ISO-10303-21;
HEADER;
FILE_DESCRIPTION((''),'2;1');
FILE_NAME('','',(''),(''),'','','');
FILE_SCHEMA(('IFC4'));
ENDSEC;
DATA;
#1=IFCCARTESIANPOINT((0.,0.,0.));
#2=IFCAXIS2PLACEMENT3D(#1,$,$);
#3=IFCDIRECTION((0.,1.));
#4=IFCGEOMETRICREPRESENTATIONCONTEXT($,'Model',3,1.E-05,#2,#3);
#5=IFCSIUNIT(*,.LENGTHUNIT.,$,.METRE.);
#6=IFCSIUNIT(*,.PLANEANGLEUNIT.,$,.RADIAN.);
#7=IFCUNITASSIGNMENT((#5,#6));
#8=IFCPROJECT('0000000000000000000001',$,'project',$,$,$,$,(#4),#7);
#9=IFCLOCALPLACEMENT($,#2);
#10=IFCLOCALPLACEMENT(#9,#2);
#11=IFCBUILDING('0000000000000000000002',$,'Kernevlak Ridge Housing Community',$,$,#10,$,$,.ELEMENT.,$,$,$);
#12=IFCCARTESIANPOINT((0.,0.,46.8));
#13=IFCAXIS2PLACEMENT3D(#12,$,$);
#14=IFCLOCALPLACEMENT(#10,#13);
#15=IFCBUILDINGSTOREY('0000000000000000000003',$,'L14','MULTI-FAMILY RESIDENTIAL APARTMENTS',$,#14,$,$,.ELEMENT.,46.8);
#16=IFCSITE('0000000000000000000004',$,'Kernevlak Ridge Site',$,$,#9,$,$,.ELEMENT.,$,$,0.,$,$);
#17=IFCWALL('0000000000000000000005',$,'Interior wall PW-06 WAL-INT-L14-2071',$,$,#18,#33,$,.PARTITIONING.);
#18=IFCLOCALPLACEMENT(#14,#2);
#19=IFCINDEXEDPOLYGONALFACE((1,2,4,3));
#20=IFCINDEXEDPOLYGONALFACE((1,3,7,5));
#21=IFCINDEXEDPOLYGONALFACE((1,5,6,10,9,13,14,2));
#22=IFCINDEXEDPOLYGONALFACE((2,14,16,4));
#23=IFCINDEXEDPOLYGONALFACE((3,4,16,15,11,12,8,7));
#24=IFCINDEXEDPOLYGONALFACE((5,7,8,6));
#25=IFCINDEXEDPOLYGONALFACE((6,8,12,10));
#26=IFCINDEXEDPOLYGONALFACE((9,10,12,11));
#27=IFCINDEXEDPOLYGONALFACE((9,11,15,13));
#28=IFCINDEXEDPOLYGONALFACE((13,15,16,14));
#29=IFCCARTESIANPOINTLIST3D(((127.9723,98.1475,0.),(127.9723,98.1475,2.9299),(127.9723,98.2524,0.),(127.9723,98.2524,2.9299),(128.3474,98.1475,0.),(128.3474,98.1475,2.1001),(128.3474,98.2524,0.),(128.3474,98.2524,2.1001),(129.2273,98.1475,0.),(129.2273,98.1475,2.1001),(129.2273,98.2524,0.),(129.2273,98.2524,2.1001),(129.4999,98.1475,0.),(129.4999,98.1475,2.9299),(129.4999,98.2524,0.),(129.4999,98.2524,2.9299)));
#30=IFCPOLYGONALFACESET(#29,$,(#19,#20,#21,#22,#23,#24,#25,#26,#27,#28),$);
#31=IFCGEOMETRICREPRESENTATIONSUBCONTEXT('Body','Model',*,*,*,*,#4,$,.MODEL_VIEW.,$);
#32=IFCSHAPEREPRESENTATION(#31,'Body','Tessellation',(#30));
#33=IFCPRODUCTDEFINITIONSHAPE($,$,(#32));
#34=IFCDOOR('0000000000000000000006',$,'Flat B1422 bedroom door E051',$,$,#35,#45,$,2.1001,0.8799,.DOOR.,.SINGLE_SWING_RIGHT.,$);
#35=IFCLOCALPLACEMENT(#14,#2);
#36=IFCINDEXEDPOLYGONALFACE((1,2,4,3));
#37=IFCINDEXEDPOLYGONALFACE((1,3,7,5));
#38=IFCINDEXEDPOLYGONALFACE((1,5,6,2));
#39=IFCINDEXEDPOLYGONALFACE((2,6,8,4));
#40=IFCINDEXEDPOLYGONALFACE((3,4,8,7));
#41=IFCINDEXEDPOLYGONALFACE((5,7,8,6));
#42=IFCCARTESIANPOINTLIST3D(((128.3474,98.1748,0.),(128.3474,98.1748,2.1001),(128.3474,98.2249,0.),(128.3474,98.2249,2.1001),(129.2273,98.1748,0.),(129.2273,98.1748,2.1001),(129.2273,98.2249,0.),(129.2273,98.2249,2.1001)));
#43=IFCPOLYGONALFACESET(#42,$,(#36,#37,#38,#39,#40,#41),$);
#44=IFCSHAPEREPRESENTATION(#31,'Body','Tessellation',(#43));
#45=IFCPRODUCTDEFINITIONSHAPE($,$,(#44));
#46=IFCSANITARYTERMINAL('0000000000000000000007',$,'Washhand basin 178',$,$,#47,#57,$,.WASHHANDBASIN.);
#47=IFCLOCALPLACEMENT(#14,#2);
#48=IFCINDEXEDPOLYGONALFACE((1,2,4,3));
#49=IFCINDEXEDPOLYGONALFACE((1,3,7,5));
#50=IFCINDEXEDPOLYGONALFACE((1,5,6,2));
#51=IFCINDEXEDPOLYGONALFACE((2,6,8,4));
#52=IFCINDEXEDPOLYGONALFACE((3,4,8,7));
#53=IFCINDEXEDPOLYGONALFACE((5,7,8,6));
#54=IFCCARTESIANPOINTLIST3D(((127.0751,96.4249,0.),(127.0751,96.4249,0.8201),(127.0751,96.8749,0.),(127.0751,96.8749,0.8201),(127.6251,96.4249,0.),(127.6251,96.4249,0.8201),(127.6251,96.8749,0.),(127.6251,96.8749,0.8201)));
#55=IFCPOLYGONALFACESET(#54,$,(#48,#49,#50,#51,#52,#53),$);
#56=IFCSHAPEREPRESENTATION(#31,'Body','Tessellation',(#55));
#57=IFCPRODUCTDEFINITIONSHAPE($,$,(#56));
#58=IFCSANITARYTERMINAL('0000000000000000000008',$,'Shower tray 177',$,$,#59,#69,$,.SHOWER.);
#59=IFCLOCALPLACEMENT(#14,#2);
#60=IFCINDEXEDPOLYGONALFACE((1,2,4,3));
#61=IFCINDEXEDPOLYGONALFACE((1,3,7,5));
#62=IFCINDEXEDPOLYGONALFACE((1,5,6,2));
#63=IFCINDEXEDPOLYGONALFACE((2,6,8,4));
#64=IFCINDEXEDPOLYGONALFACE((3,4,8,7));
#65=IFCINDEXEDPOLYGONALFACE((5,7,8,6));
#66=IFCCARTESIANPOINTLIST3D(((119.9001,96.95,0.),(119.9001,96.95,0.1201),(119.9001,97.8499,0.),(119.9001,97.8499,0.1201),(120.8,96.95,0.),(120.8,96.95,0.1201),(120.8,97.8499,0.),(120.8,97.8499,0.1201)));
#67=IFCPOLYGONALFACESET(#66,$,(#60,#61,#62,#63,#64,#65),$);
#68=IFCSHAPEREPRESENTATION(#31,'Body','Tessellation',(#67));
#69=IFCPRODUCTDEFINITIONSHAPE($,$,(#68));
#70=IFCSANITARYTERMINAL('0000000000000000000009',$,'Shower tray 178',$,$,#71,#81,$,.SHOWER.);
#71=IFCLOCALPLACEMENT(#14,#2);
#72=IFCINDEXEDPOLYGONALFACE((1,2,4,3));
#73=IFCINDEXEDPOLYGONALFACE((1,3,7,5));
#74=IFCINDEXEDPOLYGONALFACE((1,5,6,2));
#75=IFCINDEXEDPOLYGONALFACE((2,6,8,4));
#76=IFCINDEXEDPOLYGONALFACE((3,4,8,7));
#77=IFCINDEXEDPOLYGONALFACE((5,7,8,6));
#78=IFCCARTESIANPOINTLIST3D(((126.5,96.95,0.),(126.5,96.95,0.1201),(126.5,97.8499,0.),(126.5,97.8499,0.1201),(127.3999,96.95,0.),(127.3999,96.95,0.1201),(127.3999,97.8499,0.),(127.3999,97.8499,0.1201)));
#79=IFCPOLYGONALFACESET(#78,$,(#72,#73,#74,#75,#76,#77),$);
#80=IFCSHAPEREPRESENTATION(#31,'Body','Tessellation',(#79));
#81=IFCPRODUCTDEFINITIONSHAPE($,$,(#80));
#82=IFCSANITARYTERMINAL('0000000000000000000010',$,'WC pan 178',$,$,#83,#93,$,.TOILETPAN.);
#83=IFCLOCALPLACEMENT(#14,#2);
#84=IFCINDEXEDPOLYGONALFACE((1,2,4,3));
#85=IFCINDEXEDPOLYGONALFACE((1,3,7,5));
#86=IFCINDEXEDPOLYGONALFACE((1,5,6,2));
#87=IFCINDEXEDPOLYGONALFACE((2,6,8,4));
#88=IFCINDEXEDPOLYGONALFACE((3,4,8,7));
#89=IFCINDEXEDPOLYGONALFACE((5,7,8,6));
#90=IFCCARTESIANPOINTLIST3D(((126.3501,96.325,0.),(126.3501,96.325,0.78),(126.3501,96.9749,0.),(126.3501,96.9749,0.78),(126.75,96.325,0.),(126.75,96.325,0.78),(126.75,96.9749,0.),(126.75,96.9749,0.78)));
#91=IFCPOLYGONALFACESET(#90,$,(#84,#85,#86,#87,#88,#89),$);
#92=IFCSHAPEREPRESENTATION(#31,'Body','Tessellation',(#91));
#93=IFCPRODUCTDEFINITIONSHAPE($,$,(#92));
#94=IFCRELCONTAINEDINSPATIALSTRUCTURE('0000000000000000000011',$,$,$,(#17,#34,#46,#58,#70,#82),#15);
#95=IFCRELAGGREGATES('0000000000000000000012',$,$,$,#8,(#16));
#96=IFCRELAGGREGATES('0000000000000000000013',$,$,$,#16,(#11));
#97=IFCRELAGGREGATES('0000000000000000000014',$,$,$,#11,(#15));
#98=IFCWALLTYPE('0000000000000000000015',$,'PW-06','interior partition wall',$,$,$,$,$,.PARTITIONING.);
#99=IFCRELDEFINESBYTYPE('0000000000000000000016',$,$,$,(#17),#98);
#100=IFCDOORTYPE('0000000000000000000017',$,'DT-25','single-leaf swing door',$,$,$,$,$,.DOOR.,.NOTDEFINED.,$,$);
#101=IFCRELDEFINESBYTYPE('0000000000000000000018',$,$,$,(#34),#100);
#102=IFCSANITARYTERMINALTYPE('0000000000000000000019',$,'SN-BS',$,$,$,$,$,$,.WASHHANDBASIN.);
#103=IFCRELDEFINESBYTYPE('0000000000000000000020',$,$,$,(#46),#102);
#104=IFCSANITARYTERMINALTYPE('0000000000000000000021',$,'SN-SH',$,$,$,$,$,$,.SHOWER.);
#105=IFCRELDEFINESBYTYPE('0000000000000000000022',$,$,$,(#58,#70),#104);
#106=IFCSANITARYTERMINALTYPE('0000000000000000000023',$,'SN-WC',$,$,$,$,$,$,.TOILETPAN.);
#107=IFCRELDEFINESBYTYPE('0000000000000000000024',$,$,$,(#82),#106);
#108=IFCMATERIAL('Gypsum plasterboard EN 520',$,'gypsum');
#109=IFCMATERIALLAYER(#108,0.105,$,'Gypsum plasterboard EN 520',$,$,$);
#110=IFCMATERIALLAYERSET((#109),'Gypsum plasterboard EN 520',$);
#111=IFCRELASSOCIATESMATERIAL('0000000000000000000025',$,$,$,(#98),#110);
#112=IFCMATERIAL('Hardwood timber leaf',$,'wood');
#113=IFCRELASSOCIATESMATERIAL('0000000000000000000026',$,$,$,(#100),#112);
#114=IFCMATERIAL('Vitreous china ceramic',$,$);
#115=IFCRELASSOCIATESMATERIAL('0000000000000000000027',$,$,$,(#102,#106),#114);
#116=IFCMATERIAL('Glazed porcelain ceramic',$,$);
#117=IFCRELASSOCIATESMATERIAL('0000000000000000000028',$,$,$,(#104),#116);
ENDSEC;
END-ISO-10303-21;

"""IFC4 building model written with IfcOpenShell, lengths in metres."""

from ifc_helpers import new_model, si_unit, direction, frame, frame_2d, origin, origin_2d, place, context, subcontext, project, spatial, rectangle, extrude, material, layer, layer_set, type_object, element, fill, save


model = new_model("IFC4")

# Units and contexts
model_context = context("Model", 3, precision=1e-05, world=origin(), true_north=direction((0.0, 1.0)))
body_context = subcontext(model_context, "Body", "Model", "MODEL_VIEW")
ifc_project = project(units=[si_unit("LENGTHUNIT", "METRE"), si_unit("PLANEANGLEUNIT", "RADIAN")], contexts=[model_context])

# Site, building, storey
site_placement = place(None, origin())
site = spatial("IfcSite", under=ifc_project, at=site_placement, Name="Kernevlak Ridge Site", CompositionType="ELEMENT", RefElevation=0.0)
building_placement = place(site_placement, origin())
building = spatial("IfcBuilding", under=site, at=building_placement, Name="Kernevlak Ridge Housing Community", CompositionType="ELEMENT")
storey_placement = place(building_placement, frame((0.0, 0.0, 46.8)))
storey = spatial("IfcBuildingStorey", under=building, at=storey_placement, Name="L14", Description="MULTI-FAMILY RESIDENTIAL APARTMENTS", CompositionType="ELEMENT", Elevation=46.8)

# Shared definitions
ifc_material_1 = material(Name="Hardwood timber leaf", Category="wood")

# Shared definitions
ifc_material_2 = material(Name="Gypsum plasterboard EN 520", Category="gypsum")

# Wall, opening, door
ifc_layer_1 = layer(ifc_material_2, 0.105, Name="Gypsum plasterboard EN 520")
ifc_layer_set_1 = layer_set([ifc_layer_1], Name="Gypsum plasterboard EN 520")
wall_type_1 = type_object("IfcWallType", Name="PW-06", Description="interior partition wall", PredefinedType="PARTITIONING", material=ifc_layer_set_1)
wall_1_placement = place(storey_placement, frame((127.9724, 98.2, 0.0), z_axis=(0.0, 0.0, 1.0), x_axis=(1.0, 0.0, 0.0)))
wall_1 = element("IfcWall", 1, at=wall_1_placement, inside=storey, type_object=wall_type_1, Name="Interior wall PW-06 WAL-INT-L14-2071", PredefinedType="PARTITIONING", context=body_context, shape_type="SweptSolid", body=[
    extrude(rectangle(XDim=1.5276, YDim=0.105, at=frame_2d((0.7637, 0.0))), origin(), (0.0, 0.0, 1.0), 2.9299),
])
opening_1_placement = place(wall_1_placement, frame((0.375, 0.0, 0.0)))
opening_1 = element("IfcOpeningElement", 2, at=opening_1_placement, cuts=wall_1, PredefinedType="OPENING", context=body_context, shape_type="SweptSolid", body=[
    extrude(rectangle(XDim=0.8799, YDim=2.1001, at=frame_2d((0.4399, 1.05))), frame((0.0, 0.0625, 0.0), z_axis=(0.0, -1.0, 0.0), x_axis=(1.0, 0.0, 0.0)), (0.0, 0.0, 1.0), 0.125),
])
door_type_1 = type_object("IfcDoorType", Name="DT-25", Description="single-leaf swing door", OperationType="NOTDEFINED", PredefinedType="DOOR", material=ifc_material_1)
door_1_placement = place(opening_1_placement, origin())
door_1 = element("IfcDoor", 3, at=door_1_placement, inside=storey, type_object=door_type_1, Name="Flat B1422 bedroom door E051", OperationType="SINGLE_SWING_RIGHT", OverallHeight=2.1001, OverallWidth=0.8799, PredefinedType="DOOR", context=body_context, shape_type="SweptSolid", body=[
    extrude(rectangle(XDim=0.8799, YDim=2.1001, at=frame_2d((0.4399, 1.05))), frame((0.0, 0.0249, 0.0), z_axis=(0.0, -1.0, 0.0), x_axis=(1.0, 0.0, 0.0)), (0.0, 0.0, 1.0), 0.05),
])
fill(opening_1, door_1)

# Sanitary terminals
ifc_material_3 = material(Name="Vitreous china ceramic")
sanitary_terminal_type_1 = type_object("IfcSanitaryTerminalType", Name="SN-BS", PredefinedType="WASHHANDBASIN", material=ifc_material_3)
sanitary_terminal_1_placement = place(storey_placement, frame((127.3501, 96.6499, 0.0), z_axis=(0.0, 0.0, 1.0), x_axis=(1.0, 0.0, 0.0)))
element("IfcSanitaryTerminal", 4, at=sanitary_terminal_1_placement, inside=storey, type_object=sanitary_terminal_type_1, Name="Washhand basin 178", PredefinedType="WASHHANDBASIN", context=body_context, shape_type="SweptSolid", body=[
    extrude(rectangle(XDim=0.55, YDim=0.45, at=origin_2d()), origin(), (0.0, 0.0, 1.0), 0.8201),
])
ifc_material_4 = material(Name="Glazed porcelain ceramic")
sanitary_terminal_type_2 = type_object("IfcSanitaryTerminalType", Name="SN-SH", PredefinedType="SHOWER", material=ifc_material_4)
for number, where, z_axis, x_axis, name in (
    (5, (120.3501, 97.3999, 0.0), (0.0, 0.0, 1.0), (1.0, 0.0, 0.0), "Shower tray 177"),
    (6, (126.95, 97.3999, 0.0), (0.0, 0.0, 1.0), (1.0, 0.0, 0.0), "Shower tray 178"),
):
    element("IfcSanitaryTerminal", number, at=place(storey_placement, frame(where, z_axis=z_axis, x_axis=x_axis)), inside=storey, type_object=sanitary_terminal_type_2, Name=name, PredefinedType="SHOWER", context=body_context, shape_type="SweptSolid", body=[
        extrude(rectangle(XDim=0.8999, YDim=0.8999, at=origin_2d()), origin(), (0.0, 0.0, 1.0), 0.1201),
    ])
sanitary_terminal_type_3 = type_object("IfcSanitaryTerminalType", Name="SN-WC", PredefinedType="TOILETPAN", material=ifc_material_3)
sanitary_terminal_2_placement = place(storey_placement, frame((126.55, 96.6499, 0.0), z_axis=(0.0, 0.0, 1.0), x_axis=(1.0, 0.0, 0.0)))
element("IfcSanitaryTerminal", 7, at=sanitary_terminal_2_placement, inside=storey, type_object=sanitary_terminal_type_3, Name="WC pan 178", PredefinedType="TOILETPAN", context=body_context, shape_type="SweptSolid", body=[
    extrude(rectangle(XDim=0.3999, YDim=0.6499, at=origin_2d()), origin(), (0.0, 0.0, 1.0), 0.78),
])

save(model, "model.ifc")
